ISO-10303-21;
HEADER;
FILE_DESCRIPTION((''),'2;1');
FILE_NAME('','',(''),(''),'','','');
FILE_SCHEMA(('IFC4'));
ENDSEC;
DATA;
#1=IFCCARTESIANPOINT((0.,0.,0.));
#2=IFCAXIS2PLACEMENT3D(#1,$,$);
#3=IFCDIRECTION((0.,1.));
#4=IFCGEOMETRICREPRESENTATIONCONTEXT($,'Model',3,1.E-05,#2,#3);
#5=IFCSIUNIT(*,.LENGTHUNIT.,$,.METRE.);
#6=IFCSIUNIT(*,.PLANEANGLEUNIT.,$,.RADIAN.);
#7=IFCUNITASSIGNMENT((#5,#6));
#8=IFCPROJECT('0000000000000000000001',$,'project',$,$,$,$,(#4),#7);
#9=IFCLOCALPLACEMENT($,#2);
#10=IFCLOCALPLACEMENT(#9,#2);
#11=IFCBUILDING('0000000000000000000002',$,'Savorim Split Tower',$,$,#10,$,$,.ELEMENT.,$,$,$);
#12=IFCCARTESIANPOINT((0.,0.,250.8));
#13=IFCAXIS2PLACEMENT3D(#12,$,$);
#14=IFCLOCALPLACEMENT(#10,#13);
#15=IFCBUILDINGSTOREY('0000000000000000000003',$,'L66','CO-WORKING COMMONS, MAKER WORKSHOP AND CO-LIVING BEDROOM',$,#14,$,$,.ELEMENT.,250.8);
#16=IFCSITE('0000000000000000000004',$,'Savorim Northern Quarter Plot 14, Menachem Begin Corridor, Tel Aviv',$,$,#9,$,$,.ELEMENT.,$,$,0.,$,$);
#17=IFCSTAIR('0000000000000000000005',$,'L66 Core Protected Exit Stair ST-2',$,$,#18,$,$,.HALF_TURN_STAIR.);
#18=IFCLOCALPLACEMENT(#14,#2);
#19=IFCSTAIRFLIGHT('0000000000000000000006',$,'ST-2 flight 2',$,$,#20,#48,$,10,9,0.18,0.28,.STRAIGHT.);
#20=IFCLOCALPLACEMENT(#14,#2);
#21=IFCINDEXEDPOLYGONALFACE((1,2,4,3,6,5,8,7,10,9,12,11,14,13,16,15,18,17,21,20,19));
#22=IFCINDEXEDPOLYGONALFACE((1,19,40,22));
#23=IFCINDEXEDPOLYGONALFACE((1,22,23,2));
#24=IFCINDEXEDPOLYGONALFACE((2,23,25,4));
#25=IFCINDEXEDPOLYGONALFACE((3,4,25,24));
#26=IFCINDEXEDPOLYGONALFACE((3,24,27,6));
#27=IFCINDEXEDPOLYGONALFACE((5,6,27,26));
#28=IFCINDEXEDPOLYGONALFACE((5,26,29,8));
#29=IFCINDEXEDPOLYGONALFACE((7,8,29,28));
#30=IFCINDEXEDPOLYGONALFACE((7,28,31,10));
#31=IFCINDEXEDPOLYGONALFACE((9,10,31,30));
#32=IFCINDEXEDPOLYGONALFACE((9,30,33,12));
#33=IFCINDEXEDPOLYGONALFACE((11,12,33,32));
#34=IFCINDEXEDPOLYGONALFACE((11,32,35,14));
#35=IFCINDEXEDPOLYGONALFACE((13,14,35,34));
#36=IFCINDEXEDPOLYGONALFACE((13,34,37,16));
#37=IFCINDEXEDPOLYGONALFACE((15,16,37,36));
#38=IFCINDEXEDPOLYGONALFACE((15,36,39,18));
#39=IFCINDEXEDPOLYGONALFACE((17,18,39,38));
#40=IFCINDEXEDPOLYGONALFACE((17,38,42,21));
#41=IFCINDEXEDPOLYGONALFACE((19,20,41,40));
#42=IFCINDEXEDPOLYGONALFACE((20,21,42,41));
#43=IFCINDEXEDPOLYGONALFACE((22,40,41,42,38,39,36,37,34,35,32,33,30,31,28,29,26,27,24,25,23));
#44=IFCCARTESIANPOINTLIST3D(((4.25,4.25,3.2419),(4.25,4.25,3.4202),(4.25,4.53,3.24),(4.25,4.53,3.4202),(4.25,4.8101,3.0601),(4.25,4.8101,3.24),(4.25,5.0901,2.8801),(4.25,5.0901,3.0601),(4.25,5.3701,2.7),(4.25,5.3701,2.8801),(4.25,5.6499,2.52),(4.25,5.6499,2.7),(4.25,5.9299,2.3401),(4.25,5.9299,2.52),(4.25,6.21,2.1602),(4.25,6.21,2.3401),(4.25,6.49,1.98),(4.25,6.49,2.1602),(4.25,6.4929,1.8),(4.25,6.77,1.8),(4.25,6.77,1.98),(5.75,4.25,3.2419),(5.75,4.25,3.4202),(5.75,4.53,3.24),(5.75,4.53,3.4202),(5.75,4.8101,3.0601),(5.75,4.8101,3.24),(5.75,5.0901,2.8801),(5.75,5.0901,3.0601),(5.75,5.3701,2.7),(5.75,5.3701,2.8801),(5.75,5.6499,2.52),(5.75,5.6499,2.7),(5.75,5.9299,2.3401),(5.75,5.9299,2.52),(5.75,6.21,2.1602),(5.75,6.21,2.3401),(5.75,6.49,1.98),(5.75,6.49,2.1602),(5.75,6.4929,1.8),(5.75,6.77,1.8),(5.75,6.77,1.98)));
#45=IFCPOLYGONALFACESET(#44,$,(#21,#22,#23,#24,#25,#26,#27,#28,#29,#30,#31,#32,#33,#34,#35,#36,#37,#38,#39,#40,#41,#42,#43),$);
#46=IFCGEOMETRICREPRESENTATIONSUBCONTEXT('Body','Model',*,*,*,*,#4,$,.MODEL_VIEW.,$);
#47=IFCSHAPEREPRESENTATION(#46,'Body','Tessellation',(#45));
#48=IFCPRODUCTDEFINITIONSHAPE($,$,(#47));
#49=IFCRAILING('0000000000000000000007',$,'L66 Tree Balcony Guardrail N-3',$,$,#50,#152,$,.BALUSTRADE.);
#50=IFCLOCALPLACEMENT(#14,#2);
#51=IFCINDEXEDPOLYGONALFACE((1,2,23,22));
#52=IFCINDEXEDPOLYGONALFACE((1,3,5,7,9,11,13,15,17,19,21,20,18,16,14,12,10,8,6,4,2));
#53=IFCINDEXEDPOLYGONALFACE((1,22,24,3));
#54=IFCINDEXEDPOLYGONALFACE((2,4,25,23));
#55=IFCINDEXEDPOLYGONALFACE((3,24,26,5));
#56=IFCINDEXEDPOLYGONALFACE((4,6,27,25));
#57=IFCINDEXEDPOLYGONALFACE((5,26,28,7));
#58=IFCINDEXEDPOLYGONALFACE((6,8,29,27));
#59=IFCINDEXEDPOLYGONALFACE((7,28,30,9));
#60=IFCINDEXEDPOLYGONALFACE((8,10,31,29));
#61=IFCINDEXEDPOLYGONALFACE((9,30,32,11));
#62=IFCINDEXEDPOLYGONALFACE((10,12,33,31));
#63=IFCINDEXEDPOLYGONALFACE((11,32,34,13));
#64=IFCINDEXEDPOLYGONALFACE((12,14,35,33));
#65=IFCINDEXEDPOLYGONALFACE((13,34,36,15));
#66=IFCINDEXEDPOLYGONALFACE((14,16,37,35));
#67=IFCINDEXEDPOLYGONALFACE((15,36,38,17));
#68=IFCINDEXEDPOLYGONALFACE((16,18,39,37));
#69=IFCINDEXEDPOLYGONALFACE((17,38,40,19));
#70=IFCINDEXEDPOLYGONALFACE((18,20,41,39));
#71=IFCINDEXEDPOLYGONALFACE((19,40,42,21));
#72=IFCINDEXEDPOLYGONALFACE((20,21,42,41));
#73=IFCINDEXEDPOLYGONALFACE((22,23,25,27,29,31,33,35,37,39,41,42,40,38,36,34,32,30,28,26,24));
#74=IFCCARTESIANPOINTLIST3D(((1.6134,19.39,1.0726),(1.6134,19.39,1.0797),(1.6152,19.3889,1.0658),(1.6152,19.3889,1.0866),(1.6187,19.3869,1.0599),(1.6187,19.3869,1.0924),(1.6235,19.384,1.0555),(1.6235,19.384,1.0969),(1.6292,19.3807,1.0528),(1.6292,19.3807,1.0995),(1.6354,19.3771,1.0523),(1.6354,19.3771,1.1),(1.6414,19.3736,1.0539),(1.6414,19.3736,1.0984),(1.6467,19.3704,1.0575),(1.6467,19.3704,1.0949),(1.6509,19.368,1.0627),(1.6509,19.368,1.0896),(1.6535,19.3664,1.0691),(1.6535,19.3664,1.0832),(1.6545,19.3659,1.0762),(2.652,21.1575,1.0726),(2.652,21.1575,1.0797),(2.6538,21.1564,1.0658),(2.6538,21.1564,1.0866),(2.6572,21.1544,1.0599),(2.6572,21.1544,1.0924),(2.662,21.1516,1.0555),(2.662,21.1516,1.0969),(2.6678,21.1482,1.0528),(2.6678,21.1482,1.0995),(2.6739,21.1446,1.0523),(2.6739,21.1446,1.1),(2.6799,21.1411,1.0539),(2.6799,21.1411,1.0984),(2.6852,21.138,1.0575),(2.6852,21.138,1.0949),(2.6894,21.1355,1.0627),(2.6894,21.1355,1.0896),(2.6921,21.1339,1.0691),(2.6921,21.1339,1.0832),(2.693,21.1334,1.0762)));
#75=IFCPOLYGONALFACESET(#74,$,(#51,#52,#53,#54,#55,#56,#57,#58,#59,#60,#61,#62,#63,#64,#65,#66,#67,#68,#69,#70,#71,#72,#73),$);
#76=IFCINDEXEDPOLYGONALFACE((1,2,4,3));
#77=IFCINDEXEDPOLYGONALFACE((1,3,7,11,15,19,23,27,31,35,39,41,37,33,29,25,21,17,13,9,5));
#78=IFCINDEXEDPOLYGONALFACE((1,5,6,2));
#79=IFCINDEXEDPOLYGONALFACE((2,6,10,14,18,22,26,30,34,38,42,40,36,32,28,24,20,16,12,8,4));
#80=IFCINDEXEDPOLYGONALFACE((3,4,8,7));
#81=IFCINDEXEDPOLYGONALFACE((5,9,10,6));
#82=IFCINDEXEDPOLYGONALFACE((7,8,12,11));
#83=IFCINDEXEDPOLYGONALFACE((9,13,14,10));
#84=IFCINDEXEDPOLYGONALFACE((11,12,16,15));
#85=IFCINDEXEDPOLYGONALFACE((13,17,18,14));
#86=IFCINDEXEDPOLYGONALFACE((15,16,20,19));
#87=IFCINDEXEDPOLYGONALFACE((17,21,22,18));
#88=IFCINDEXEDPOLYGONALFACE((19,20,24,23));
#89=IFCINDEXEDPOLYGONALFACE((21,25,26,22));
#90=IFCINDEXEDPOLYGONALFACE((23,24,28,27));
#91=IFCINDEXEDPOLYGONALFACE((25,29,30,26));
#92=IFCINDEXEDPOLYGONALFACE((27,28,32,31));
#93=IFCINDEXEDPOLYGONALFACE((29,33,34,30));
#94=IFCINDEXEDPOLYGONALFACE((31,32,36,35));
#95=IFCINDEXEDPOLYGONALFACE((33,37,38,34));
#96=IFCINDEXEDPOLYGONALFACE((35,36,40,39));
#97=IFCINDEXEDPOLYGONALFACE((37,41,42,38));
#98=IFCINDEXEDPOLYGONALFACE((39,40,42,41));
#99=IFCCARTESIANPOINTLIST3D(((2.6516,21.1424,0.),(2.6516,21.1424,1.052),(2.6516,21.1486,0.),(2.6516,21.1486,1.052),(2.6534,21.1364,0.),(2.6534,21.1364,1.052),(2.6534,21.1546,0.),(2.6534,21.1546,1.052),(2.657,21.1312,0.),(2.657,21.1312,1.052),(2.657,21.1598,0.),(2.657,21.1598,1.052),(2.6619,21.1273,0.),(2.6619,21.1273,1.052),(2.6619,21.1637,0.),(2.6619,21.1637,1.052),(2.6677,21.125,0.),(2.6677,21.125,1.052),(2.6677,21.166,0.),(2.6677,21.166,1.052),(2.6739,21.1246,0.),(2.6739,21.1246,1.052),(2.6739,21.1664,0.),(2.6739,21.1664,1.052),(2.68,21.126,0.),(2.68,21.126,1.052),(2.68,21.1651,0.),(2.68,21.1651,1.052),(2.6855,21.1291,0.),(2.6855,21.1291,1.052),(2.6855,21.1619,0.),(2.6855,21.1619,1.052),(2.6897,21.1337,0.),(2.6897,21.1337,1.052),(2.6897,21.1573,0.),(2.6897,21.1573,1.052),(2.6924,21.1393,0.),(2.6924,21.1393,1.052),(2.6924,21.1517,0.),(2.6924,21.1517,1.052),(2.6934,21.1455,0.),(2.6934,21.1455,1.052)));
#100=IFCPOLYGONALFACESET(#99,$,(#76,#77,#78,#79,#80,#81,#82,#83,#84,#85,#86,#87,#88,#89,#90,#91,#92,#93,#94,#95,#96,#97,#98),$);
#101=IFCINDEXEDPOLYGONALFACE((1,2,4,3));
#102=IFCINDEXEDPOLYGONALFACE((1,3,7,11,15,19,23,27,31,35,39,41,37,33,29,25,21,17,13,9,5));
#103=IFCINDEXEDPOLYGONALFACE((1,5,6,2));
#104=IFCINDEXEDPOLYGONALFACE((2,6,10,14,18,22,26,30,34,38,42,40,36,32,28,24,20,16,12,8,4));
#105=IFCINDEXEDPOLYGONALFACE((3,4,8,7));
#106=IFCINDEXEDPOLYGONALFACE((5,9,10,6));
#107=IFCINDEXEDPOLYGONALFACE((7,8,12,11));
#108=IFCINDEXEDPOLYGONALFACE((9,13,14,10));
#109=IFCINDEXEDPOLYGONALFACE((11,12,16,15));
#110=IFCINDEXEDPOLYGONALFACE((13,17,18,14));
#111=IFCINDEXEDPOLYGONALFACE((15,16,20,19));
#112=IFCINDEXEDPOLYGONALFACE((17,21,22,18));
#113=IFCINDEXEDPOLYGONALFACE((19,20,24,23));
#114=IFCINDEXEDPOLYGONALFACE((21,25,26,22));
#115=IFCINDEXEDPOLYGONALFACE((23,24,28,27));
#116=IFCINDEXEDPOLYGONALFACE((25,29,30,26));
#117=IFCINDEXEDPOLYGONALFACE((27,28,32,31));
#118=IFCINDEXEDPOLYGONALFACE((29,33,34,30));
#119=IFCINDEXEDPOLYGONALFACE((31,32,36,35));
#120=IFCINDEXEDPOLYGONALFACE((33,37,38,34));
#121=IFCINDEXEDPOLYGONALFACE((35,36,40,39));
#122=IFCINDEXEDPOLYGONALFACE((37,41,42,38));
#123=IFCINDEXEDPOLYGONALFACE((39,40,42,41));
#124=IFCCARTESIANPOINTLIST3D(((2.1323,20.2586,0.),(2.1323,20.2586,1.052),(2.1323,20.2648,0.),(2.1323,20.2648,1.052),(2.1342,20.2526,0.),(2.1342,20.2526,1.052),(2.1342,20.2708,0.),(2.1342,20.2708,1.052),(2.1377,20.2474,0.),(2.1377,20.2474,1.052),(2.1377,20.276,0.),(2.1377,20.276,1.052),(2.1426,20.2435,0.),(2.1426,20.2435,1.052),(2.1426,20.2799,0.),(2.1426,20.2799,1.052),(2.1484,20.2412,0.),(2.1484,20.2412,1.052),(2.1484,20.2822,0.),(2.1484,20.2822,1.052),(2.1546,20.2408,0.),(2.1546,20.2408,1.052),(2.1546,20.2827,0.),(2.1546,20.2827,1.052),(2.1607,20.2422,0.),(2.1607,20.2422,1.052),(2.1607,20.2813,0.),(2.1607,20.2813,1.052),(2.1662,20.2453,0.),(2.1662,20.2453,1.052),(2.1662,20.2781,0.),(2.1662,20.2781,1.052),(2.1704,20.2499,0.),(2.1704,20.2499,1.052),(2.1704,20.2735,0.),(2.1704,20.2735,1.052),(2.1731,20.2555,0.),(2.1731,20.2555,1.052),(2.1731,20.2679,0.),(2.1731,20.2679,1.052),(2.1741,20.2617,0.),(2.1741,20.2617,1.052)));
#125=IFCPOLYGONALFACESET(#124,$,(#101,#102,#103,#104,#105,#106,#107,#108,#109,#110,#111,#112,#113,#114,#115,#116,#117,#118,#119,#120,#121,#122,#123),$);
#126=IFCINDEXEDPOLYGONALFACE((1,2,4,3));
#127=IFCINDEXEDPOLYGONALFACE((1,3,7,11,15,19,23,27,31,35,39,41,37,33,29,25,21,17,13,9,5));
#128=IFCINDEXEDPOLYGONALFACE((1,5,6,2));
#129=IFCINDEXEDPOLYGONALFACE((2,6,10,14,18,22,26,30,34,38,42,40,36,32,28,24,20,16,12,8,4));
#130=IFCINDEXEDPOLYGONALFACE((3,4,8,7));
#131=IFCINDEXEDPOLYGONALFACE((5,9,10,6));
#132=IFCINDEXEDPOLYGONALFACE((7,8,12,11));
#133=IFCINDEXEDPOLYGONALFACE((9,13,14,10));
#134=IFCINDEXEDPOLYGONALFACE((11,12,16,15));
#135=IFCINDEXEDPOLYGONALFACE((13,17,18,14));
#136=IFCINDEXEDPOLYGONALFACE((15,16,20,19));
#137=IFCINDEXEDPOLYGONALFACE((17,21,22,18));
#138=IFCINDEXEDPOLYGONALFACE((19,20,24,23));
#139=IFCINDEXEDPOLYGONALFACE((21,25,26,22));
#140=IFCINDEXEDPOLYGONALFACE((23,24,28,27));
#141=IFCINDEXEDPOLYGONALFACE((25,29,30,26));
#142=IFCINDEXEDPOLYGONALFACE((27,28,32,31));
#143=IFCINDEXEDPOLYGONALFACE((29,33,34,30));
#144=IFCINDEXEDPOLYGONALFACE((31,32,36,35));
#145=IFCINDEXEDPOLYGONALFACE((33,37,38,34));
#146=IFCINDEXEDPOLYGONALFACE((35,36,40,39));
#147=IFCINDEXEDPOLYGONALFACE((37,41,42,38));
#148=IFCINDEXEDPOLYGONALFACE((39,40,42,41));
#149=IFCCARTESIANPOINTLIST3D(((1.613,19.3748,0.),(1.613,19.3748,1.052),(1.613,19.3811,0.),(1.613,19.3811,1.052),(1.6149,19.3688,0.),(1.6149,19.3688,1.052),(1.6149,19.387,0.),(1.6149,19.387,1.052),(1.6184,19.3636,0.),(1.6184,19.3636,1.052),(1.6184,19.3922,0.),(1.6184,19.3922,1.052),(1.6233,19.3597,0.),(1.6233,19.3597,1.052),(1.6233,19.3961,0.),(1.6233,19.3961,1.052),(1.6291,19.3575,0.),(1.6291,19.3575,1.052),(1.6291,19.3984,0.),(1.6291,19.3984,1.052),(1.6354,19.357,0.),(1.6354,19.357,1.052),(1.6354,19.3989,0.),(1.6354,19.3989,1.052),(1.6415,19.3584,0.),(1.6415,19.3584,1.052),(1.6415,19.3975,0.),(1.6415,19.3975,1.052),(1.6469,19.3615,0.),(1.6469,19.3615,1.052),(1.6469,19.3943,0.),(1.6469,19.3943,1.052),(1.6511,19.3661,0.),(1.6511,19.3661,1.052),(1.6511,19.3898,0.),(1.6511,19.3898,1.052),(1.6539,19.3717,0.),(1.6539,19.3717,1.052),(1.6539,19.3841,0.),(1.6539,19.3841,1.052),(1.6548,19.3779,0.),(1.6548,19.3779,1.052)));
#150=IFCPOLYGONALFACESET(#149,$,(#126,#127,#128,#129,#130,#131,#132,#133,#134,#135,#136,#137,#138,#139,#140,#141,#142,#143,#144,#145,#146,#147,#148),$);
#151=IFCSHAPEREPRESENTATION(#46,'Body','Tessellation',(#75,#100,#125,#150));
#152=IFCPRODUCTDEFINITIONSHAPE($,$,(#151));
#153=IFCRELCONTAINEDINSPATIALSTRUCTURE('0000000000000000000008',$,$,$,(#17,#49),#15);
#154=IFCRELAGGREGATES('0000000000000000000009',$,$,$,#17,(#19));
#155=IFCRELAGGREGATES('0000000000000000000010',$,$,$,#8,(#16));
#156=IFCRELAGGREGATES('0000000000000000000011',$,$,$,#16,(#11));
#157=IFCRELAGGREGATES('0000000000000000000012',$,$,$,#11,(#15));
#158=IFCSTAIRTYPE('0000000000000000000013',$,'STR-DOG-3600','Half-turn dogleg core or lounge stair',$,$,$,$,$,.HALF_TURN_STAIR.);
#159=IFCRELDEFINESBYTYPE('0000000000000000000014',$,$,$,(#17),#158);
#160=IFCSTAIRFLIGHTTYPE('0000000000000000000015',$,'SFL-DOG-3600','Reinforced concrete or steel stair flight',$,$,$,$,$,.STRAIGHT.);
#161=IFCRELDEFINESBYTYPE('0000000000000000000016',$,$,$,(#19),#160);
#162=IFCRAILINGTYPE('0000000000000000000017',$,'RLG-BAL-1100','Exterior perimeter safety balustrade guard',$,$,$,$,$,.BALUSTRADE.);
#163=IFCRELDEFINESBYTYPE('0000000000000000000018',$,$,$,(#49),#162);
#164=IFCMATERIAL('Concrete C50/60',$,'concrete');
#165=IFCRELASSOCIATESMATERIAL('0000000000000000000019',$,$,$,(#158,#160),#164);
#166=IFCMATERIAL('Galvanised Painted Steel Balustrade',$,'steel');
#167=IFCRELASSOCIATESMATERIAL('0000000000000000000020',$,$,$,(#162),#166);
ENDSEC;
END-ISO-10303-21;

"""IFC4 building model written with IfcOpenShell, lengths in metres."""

from ifc_helpers import new_model, si_unit, direction, frame, origin, origin_2d, place, context, subcontext, project, spatial, polyline, circle, outline, extrude, material, type_object, element, aggregate, save


model = new_model("IFC4")

# Units and contexts
model_context = context("Model", 3, precision=1e-05, world=origin(), true_north=direction((0.0, 1.0)))
body_context = subcontext(model_context, "Body", "Model", "MODEL_VIEW")
ifc_project = project(units=[si_unit("LENGTHUNIT", "METRE"), si_unit("PLANEANGLEUNIT", "RADIAN")], contexts=[model_context])

# Site, building, storey
site_placement = place(None, origin())
site = spatial("IfcSite", under=ifc_project, at=site_placement, Name="Savorim Northern Quarter Plot 14, Menachem Begin Corridor, Tel Aviv", CompositionType="ELEMENT", RefElevation=0.0)
building_placement = place(site_placement, origin())
building = spatial("IfcBuilding", under=site, at=building_placement, Name="Savorim Split Tower", CompositionType="ELEMENT")
storey_placement = place(building_placement, frame((0.0, 0.0, 250.8)))
storey = spatial("IfcBuildingStorey", under=building, at=storey_placement, Name="L66", Description="CO-WORKING COMMONS, MAKER WORKSHOP AND CO-LIVING BEDROOM", CompositionType="ELEMENT", Elevation=250.8)

# Stair, stair flight
ifc_material_1 = material(Name="Concrete C50/60", Category="concrete")
stair_type = type_object("IfcStairType", Name="STR-DOG-3600", Description="Half-turn dogleg core or lounge stair", PredefinedType="HALF_TURN_STAIR", material=ifc_material_1)
stair_placement = place(storey_placement, origin())
stair = element("IfcStair", 1, at=stair_placement, inside=storey, type_object=stair_type, Name="L66 Core Protected Exit Stair ST-2", PredefinedType="HALF_TURN_STAIR")
stair_flight_type = type_object("IfcStairFlightType", Name="SFL-DOG-3600", Description="Reinforced concrete or steel stair flight", PredefinedType="STRAIGHT", material=ifc_material_1)
stair_flight_placement = place(storey_placement, frame((5.0, 6.77, 1.8), z_axis=(0.0, 0.0, 1.0), x_axis=(0.0, -1.0, 0.0)))
stair_flight = element("IfcStairFlight", 2, at=stair_flight_placement, type_object=stair_flight_type, Name="ST-2 flight 2", NumberOfRisers=10, NumberOfTreads=9, PredefinedType="STRAIGHT", RiserHeight=0.18, TreadLength=0.28, context=body_context, shape_type="SweptSolid", body=[
    extrude(outline(polyline([(0.0, 0.0), (0.0, 0.1799), (0.28, 0.1799), (0.28, 0.3601), (0.5601, 0.3601), (0.5601, 0.54), (0.8401, 0.54), (0.8401, 0.72), (1.1201, 0.72), (1.1201, 0.8999), (1.3999, 0.8999), (1.3999, 1.0801), (1.6799, 1.0801), (1.6799, 1.26), (1.96, 1.26), (1.96, 1.4399), (2.24, 1.4399), (2.24, 1.6201), (2.52, 1.6201), (2.52, 1.8), (2.52, 1.4419), (0.2771, 0.0), (0.0, 0.0)])), frame((0.0, 0.75, 0.0), z_axis=(0.0, -1.0, 0.0), x_axis=(1.0, 0.0, 0.0)), (0.0, 0.0, 1.0), 1.5),
])
aggregate(stair, [stair_flight])

# Railing
ifc_material_2 = material(Name="Galvanised Painted Steel Balustrade", Category="steel")
railing_type_1 = type_object("IfcRailingType", Name="RLG-BAL-1100", Description="Exterior perimeter safety balustrade guard", PredefinedType="BALUSTRADE", material=ifc_material_2)
railing_1_placement = place(storey_placement, frame((2.6724, 21.1455, 0.0)))
element("IfcRailing", 3, at=railing_1_placement, inside=storey, type_object=railing_type_1, Name="L66 Tree Balcony Guardrail N-3", PredefinedType="BALUSTRADE", context=body_context, shape_type="SweptSolid", body=[
    extrude(circle(Radius=0.0239, at=origin_2d()), frame((0.0, 0.0, 1.0762), z_axis=(-0.506593, -0.862185, 0.0), x_axis=(0.862185, -0.506593, 0.0)), (0.0, 0.0, 1.0), 2.05),
    extrude(circle(Radius=0.021, at=origin_2d()), origin(), (0.0, 0.0, 1.0), 1.052),
    extrude(circle(Radius=0.021, at=origin_2d()), frame((-0.5193, -0.8838, 0.0)), (0.0, 0.0, 1.0), 1.052),
    extrude(circle(Radius=0.021, at=origin_2d()), frame((-1.0386, -1.7676, 0.0)), (0.0, 0.0, 1.0), 1.052),
])

save(model, "model.ifc")
